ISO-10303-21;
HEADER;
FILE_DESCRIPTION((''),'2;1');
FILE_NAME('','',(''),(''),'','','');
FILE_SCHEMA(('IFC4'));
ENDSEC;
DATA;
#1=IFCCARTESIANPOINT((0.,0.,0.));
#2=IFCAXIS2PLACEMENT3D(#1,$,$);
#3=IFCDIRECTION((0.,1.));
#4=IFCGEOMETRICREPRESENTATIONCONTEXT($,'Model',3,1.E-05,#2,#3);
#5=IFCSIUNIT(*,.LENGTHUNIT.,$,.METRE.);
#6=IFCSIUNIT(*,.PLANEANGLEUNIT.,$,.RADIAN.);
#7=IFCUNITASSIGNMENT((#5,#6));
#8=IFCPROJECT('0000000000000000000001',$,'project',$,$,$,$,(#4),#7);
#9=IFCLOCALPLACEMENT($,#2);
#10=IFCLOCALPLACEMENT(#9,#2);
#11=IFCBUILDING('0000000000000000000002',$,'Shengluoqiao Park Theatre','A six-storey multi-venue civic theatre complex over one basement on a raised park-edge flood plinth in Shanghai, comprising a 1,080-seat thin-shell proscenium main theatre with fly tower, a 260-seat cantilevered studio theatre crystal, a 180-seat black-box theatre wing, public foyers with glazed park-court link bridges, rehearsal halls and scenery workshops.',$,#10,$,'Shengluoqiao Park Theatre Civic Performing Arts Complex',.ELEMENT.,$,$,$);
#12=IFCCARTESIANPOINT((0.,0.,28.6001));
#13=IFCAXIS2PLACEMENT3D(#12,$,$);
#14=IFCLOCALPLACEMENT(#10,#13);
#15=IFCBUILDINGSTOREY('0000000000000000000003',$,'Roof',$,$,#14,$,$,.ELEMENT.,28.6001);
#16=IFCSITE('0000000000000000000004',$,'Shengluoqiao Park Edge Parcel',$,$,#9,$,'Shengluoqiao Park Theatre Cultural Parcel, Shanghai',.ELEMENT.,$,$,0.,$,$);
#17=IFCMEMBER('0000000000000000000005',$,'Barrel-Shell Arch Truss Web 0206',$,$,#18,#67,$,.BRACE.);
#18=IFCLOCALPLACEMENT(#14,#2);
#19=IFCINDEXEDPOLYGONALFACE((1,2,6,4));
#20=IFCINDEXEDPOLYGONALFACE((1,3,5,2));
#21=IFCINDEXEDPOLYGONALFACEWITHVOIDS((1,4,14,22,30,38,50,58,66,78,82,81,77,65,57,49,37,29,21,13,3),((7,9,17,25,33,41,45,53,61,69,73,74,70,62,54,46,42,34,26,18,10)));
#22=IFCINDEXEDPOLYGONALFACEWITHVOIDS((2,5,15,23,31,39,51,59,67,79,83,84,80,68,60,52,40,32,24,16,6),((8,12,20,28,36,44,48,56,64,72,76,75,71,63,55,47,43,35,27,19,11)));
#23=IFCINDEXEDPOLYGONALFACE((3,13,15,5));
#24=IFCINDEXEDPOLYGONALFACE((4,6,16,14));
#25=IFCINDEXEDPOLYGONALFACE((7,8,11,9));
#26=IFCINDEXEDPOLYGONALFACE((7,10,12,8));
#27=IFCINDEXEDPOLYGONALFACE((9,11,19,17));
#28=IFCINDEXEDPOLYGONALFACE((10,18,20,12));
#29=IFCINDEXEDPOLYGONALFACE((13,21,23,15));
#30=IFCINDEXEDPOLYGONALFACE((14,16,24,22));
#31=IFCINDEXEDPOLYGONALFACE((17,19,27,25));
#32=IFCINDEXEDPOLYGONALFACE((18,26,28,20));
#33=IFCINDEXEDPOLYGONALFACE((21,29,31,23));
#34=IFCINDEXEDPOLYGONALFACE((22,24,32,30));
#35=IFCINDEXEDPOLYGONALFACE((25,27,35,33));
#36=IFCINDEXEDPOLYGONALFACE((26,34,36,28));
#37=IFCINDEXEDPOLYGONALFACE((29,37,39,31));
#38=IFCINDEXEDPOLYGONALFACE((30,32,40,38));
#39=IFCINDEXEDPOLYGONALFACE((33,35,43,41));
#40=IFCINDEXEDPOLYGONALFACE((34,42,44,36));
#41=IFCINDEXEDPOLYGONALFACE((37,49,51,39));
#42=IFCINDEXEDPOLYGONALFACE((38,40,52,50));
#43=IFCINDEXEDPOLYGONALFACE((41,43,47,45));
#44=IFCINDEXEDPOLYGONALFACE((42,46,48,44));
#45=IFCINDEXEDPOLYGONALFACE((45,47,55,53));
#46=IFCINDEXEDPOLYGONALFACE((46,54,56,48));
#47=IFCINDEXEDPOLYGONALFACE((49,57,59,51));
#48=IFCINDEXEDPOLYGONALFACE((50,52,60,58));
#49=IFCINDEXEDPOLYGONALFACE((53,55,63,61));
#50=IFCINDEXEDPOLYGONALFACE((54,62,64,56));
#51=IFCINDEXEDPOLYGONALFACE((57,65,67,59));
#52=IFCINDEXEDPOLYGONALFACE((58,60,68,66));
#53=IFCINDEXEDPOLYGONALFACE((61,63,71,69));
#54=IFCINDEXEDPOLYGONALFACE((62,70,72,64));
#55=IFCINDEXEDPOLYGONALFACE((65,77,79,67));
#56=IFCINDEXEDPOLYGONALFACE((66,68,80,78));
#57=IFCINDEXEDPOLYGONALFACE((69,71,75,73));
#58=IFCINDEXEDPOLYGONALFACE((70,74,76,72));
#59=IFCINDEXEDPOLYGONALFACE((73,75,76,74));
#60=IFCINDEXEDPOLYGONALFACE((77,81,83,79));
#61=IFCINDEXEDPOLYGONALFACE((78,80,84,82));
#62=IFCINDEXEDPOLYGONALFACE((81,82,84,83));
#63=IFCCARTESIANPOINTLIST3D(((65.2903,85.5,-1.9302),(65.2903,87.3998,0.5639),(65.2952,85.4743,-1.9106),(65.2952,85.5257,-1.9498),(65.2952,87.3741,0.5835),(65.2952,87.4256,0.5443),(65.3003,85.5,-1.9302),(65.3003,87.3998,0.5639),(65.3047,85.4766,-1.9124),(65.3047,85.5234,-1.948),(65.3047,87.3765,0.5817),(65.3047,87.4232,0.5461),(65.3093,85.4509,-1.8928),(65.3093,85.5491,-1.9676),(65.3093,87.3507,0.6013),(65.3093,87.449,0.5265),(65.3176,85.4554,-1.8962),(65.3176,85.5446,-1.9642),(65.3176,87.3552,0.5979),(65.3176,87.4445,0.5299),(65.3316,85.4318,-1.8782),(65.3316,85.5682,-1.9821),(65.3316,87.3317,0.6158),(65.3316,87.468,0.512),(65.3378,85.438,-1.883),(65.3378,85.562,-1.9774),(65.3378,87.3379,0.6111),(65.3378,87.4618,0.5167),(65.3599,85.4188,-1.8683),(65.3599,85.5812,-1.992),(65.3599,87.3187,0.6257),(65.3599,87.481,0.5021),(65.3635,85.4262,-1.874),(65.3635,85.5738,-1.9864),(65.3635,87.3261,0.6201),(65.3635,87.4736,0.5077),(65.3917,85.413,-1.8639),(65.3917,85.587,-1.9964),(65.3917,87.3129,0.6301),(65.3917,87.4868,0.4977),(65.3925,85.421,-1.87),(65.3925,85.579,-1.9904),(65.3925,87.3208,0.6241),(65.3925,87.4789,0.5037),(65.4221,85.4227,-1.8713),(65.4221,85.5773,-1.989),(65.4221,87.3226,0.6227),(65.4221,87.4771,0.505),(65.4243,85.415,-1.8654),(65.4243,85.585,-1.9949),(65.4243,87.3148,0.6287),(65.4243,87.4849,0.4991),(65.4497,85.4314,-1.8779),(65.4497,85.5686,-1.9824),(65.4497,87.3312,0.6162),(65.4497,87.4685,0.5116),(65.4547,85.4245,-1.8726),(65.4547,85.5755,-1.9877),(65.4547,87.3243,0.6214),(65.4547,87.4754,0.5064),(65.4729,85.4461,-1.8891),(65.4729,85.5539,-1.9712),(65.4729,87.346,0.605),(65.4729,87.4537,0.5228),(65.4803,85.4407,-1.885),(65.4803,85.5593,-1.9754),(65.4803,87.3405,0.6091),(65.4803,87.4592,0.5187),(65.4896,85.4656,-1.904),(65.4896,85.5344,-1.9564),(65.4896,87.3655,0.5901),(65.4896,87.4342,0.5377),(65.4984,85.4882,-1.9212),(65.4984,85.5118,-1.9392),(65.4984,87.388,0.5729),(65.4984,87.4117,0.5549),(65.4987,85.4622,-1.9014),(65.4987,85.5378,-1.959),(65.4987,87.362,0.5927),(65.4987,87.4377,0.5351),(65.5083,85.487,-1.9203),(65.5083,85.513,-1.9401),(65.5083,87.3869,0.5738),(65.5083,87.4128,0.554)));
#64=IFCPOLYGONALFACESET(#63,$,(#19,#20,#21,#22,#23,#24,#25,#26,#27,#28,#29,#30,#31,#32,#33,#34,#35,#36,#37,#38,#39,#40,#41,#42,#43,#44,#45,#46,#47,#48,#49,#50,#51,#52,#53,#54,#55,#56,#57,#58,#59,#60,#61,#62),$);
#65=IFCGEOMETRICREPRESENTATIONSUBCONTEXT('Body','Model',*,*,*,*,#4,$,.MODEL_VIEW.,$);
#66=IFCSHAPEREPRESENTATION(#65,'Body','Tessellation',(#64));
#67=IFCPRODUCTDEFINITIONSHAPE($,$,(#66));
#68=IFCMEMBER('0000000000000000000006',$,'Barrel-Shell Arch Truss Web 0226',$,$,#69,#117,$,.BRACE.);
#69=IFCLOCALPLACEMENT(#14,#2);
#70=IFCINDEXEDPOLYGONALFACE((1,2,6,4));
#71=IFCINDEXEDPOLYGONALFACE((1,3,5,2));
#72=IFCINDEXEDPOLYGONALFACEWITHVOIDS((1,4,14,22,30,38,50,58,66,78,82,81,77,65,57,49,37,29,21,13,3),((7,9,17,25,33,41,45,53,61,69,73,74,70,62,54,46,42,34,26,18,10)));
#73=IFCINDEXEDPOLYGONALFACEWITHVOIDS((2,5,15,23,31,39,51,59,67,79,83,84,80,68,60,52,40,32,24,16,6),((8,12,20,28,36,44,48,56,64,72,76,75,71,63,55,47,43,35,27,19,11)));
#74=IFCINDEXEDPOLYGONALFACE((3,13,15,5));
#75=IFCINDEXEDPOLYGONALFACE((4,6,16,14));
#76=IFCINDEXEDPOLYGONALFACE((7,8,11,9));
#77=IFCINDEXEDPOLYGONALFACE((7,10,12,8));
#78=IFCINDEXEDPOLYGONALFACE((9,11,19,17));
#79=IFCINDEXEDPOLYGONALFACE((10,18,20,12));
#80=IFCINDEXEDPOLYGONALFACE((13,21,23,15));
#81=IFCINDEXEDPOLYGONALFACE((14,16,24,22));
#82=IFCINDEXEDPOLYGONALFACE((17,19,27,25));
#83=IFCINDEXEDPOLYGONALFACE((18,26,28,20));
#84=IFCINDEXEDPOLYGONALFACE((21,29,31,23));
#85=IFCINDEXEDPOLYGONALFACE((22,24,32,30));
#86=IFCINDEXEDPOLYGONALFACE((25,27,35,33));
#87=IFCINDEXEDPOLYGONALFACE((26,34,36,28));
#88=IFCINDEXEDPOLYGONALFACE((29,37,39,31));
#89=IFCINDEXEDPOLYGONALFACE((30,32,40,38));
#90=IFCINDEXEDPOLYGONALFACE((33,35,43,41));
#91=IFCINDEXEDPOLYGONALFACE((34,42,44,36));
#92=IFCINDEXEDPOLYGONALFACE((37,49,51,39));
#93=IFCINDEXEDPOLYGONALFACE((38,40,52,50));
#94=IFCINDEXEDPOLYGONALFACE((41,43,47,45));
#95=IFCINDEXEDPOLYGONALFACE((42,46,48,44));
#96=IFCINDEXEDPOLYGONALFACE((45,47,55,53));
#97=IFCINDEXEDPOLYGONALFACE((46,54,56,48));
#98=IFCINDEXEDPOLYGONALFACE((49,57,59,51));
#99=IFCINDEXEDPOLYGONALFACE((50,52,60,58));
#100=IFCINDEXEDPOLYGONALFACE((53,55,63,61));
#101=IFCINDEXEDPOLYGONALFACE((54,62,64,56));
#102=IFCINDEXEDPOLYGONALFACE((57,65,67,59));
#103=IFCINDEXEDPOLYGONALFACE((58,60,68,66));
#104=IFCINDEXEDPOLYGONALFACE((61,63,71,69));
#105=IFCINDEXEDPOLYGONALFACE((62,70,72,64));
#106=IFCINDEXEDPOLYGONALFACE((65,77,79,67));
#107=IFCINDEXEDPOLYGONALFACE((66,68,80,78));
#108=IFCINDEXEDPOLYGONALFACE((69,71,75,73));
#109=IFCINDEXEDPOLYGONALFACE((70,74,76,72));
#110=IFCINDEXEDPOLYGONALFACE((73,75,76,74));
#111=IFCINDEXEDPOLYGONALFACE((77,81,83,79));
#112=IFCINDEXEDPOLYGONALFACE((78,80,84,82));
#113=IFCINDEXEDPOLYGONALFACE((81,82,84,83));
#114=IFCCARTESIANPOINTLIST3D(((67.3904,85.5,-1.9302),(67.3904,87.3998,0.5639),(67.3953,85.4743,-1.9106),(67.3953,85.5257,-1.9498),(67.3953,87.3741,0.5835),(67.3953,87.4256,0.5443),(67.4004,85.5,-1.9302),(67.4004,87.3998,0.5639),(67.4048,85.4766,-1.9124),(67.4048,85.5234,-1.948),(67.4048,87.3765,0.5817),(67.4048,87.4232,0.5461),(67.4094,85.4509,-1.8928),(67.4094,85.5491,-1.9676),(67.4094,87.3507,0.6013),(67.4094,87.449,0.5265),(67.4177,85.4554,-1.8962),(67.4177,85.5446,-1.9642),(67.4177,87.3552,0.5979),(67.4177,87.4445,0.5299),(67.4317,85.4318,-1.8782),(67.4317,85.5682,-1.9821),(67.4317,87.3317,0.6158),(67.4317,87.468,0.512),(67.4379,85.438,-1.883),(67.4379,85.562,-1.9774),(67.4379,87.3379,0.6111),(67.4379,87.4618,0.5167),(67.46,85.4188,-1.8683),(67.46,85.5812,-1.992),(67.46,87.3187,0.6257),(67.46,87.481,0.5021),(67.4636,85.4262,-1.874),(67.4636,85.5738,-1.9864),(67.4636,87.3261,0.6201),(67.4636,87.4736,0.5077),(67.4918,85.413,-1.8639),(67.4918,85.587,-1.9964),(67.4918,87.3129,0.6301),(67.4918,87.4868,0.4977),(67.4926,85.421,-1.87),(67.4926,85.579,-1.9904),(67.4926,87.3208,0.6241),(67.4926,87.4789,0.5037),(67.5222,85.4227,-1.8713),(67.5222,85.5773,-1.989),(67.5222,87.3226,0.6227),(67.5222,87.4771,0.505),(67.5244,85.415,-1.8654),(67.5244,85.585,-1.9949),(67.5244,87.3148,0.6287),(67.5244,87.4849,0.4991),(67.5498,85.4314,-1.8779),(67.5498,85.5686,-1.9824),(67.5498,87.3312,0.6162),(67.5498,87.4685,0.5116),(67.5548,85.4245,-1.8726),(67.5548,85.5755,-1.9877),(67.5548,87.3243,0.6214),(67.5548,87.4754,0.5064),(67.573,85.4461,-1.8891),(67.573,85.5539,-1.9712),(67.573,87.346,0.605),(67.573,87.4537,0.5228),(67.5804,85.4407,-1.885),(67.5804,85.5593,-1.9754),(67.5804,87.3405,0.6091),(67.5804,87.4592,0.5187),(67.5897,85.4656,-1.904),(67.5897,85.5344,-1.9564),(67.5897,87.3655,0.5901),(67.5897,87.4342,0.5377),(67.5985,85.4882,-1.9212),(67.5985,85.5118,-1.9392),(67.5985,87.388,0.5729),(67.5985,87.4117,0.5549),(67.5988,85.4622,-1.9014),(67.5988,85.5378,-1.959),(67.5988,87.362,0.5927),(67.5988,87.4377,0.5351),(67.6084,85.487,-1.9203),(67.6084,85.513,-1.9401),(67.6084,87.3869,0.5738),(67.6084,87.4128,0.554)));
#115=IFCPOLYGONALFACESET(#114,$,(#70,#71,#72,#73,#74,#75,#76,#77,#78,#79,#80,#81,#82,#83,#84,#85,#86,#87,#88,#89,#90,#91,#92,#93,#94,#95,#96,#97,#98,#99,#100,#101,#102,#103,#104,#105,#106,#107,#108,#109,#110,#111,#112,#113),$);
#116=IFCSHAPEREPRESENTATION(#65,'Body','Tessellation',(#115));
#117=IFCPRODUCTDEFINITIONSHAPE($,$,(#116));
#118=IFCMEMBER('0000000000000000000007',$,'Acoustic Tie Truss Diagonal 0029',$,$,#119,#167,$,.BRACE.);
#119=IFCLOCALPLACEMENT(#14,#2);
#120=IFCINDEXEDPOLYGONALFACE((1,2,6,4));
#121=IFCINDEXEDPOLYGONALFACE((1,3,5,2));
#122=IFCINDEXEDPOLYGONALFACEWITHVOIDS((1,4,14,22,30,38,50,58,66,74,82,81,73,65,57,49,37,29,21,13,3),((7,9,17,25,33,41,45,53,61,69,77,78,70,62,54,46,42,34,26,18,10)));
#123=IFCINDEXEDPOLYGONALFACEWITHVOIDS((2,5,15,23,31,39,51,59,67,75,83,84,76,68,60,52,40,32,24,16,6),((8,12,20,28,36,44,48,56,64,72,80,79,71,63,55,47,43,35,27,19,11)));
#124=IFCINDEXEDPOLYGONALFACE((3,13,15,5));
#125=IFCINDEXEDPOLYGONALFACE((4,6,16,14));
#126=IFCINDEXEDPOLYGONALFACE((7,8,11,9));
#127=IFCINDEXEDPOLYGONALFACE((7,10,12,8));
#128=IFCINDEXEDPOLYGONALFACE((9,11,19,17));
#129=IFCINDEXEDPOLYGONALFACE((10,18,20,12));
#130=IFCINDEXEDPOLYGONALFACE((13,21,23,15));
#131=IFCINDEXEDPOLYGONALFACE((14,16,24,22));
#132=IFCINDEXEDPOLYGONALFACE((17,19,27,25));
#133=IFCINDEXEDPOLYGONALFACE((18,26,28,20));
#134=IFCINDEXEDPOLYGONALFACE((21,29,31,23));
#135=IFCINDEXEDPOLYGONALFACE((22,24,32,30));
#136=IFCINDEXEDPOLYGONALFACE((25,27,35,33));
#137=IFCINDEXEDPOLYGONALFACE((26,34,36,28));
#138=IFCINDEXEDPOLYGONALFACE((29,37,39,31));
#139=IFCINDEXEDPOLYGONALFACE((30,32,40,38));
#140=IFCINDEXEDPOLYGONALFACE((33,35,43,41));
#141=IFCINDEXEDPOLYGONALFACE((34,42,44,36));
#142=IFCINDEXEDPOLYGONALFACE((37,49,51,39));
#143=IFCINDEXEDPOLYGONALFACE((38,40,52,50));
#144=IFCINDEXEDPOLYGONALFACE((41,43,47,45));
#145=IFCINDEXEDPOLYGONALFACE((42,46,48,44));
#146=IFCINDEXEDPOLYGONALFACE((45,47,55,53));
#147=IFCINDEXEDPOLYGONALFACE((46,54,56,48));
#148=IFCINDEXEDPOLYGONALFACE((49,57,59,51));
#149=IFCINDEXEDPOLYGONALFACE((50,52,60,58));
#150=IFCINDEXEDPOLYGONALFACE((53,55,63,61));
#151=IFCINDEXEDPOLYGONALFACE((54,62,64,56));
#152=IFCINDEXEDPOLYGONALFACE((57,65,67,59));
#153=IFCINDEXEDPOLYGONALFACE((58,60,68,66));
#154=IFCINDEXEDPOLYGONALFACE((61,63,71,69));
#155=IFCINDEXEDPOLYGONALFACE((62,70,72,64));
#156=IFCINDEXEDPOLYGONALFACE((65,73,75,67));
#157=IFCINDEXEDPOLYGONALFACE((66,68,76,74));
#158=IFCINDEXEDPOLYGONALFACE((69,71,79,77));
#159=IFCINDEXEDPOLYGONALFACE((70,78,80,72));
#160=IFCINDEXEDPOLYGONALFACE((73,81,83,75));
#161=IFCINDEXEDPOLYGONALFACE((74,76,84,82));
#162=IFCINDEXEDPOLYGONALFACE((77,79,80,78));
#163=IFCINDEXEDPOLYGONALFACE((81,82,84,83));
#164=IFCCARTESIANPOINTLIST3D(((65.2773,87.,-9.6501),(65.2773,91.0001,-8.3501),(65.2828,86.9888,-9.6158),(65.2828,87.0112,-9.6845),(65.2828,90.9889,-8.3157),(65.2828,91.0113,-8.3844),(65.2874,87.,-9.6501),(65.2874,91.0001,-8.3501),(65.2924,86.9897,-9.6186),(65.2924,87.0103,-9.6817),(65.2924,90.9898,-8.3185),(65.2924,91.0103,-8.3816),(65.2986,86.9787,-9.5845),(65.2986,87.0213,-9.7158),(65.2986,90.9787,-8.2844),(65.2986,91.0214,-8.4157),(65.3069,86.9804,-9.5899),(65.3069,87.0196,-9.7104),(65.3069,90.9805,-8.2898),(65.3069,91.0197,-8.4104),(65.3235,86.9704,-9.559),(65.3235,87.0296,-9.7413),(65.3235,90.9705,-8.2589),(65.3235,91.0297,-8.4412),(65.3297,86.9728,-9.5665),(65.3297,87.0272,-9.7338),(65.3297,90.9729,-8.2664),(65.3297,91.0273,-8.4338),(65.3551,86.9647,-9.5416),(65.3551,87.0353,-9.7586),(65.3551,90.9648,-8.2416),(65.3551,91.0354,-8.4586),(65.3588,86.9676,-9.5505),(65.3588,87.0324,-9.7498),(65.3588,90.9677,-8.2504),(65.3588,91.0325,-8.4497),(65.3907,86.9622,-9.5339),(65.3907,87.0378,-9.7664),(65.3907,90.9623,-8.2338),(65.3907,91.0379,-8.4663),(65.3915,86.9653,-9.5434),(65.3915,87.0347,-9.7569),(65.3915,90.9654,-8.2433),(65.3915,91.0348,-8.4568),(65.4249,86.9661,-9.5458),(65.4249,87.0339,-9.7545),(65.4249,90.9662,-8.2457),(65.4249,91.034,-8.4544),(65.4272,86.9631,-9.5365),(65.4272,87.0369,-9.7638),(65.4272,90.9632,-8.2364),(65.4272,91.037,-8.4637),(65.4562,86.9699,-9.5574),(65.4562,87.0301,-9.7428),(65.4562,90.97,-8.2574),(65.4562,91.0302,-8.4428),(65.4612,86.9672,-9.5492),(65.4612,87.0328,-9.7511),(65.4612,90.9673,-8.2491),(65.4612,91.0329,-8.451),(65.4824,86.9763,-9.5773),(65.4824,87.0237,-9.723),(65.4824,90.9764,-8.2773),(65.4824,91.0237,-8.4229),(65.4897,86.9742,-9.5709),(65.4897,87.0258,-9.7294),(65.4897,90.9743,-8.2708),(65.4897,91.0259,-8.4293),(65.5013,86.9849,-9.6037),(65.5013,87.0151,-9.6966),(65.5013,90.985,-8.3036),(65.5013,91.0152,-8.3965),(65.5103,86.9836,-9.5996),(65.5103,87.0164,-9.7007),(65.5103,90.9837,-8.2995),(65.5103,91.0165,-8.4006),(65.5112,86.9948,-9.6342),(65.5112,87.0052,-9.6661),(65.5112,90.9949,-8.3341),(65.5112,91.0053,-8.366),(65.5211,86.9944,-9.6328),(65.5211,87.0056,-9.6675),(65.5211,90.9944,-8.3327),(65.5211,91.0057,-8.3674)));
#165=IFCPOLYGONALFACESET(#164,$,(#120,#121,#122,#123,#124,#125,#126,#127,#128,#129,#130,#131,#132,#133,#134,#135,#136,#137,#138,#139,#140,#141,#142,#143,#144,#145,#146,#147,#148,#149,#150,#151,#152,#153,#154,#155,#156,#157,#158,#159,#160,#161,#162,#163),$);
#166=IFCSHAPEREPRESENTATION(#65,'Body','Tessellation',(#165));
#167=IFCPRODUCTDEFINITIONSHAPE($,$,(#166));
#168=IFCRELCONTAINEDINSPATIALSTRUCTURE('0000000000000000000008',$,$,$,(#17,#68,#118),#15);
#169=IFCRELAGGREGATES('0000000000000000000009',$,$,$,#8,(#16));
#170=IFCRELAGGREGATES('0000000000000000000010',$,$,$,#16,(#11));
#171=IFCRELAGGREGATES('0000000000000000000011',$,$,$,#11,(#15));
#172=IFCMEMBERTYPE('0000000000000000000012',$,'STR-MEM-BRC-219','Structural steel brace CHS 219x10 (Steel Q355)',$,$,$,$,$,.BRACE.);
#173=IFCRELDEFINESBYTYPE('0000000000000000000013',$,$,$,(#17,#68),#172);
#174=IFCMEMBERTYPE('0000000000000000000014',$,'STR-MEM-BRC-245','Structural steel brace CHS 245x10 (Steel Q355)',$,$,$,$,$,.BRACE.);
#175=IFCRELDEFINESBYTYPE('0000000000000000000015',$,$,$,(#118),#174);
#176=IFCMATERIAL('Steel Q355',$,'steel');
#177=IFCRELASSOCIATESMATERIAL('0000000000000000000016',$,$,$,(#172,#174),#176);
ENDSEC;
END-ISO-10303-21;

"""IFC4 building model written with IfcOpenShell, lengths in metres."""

from ifc_helpers import new_model, si_unit, direction, frame, origin, origin_2d, place, context, subcontext, project, spatial, hollow_circle, extrude, material, material_profile, profile_set, type_object, element, save


model = new_model("IFC4")

# Units and contexts
model_context = context("Model", 3, precision=1e-05, world=origin(), true_north=direction((0.0, 1.0)))
body_context = subcontext(model_context, "Body", "Model", "MODEL_VIEW")
ifc_project = project(units=[si_unit("LENGTHUNIT", "METRE"), si_unit("PLANEANGLEUNIT", "RADIAN")], contexts=[model_context])

# Site, building, storey
site_placement = place(None, origin())
site = spatial("IfcSite", under=ifc_project, at=site_placement, Name="Shengluoqiao Park Edge Parcel", LongName="Shengluoqiao Park Theatre Cultural Parcel, Shanghai", CompositionType="ELEMENT", RefElevation=0.0)
building_placement = place(site_placement, origin())
building = spatial("IfcBuilding", under=site, at=building_placement, Name="Shengluoqiao Park Theatre", Description="A six-storey multi-venue civic theatre complex over one basement on a raised park-edge flood plinth in Shanghai, comprising a 1,080-seat thin-shell proscenium main theatre with fly tower, a 260-seat cantilevered studio theatre crystal, a 180-seat black-box theatre wing, public foyers with glazed park-court link bridges, rehearsal halls and scenery workshops.", LongName="Shengluoqiao Park Theatre Civic Performing Arts Complex", CompositionType="ELEMENT")
storey_placement = place(building_placement, frame((0.0, 0.0, 28.6001)))
storey = spatial("IfcBuildingStorey", under=building, at=storey_placement, Name="Roof", CompositionType="ELEMENT", Elevation=28.6001)

# Shared definitions
ifc_material_1 = material(Name="Steel Q355", Category="steel")

# Members
ifc_material_profile_1 = material_profile(ifc_material_1, hollow_circle(Radius=0.1096, WallThickness=0.01, at=origin_2d()), Name="CHS 219x10")
ifc_profile_set_1 = profile_set([ifc_material_profile_1], Name="Steel Q355")
member_type_1 = type_object("IfcMemberType", Name="STR-MEM-BRC-219", Description="Structural steel brace CHS 219x10 (Steel Q355)", PredefinedType="BRACE", material=ifc_profile_set_1)
for number, where, z_axis, x_axis, name in (
    (1, (65.3999, 85.5, -1.9302), (0.0, 0.605963, 0.795492), (-1.0, 0.0, 0.0), "Barrel-Shell Arch Truss Web 0206"),
    (2, (67.5, 85.5, -1.9302), (0.0, 0.605963, 0.795492), (-1.0, 0.0, 0.0), "Barrel-Shell Arch Truss Web 0226"),
):
    element("IfcMember", number, at=place(storey_placement, frame(where, z_axis=z_axis, x_axis=x_axis)), inside=storey, type_object=member_type_1, Name=name, PredefinedType="BRACE", context=body_context, shape_type="SweptSolid", body=[
        extrude(hollow_circle(Radius=0.1096, WallThickness=0.01, at=origin_2d()), origin(), (0.0, 0.0, 1.0), 3.1353),
    ])
ifc_material_profile_2 = material_profile(ifc_material_1, hollow_circle(Radius=0.1226, WallThickness=0.01, at=origin_2d()), Name="CHS 245x10")
ifc_profile_set_2 = profile_set([ifc_material_profile_2], Name="Steel Q355")
member_type_2 = type_object("IfcMemberType", Name="STR-MEM-BRC-245", Description="Structural steel brace CHS 245x10 (Steel Q355)", PredefinedType="BRACE", material=ifc_profile_set_2)
for number, where, z_axis, x_axis, name in (
    (3, (65.3999, 87.0, -9.6501), (0.0, 0.951031, 0.309097), (-1.0, 0.0, 0.0), "Acoustic Tie Truss Diagonal 0029"),
):
    element("IfcMember", number, at=place(storey_placement, frame(where, z_axis=z_axis, x_axis=x_axis)), inside=storey, type_object=member_type_2, Name=name, PredefinedType="BRACE", context=body_context, shape_type="SweptSolid", body=[
        extrude(hollow_circle(Radius=0.1226, WallThickness=0.01, at=origin_2d()), origin(), (0.0, 0.0, 1.0), 4.2061),
    ])

save(model, "model.ifc")
